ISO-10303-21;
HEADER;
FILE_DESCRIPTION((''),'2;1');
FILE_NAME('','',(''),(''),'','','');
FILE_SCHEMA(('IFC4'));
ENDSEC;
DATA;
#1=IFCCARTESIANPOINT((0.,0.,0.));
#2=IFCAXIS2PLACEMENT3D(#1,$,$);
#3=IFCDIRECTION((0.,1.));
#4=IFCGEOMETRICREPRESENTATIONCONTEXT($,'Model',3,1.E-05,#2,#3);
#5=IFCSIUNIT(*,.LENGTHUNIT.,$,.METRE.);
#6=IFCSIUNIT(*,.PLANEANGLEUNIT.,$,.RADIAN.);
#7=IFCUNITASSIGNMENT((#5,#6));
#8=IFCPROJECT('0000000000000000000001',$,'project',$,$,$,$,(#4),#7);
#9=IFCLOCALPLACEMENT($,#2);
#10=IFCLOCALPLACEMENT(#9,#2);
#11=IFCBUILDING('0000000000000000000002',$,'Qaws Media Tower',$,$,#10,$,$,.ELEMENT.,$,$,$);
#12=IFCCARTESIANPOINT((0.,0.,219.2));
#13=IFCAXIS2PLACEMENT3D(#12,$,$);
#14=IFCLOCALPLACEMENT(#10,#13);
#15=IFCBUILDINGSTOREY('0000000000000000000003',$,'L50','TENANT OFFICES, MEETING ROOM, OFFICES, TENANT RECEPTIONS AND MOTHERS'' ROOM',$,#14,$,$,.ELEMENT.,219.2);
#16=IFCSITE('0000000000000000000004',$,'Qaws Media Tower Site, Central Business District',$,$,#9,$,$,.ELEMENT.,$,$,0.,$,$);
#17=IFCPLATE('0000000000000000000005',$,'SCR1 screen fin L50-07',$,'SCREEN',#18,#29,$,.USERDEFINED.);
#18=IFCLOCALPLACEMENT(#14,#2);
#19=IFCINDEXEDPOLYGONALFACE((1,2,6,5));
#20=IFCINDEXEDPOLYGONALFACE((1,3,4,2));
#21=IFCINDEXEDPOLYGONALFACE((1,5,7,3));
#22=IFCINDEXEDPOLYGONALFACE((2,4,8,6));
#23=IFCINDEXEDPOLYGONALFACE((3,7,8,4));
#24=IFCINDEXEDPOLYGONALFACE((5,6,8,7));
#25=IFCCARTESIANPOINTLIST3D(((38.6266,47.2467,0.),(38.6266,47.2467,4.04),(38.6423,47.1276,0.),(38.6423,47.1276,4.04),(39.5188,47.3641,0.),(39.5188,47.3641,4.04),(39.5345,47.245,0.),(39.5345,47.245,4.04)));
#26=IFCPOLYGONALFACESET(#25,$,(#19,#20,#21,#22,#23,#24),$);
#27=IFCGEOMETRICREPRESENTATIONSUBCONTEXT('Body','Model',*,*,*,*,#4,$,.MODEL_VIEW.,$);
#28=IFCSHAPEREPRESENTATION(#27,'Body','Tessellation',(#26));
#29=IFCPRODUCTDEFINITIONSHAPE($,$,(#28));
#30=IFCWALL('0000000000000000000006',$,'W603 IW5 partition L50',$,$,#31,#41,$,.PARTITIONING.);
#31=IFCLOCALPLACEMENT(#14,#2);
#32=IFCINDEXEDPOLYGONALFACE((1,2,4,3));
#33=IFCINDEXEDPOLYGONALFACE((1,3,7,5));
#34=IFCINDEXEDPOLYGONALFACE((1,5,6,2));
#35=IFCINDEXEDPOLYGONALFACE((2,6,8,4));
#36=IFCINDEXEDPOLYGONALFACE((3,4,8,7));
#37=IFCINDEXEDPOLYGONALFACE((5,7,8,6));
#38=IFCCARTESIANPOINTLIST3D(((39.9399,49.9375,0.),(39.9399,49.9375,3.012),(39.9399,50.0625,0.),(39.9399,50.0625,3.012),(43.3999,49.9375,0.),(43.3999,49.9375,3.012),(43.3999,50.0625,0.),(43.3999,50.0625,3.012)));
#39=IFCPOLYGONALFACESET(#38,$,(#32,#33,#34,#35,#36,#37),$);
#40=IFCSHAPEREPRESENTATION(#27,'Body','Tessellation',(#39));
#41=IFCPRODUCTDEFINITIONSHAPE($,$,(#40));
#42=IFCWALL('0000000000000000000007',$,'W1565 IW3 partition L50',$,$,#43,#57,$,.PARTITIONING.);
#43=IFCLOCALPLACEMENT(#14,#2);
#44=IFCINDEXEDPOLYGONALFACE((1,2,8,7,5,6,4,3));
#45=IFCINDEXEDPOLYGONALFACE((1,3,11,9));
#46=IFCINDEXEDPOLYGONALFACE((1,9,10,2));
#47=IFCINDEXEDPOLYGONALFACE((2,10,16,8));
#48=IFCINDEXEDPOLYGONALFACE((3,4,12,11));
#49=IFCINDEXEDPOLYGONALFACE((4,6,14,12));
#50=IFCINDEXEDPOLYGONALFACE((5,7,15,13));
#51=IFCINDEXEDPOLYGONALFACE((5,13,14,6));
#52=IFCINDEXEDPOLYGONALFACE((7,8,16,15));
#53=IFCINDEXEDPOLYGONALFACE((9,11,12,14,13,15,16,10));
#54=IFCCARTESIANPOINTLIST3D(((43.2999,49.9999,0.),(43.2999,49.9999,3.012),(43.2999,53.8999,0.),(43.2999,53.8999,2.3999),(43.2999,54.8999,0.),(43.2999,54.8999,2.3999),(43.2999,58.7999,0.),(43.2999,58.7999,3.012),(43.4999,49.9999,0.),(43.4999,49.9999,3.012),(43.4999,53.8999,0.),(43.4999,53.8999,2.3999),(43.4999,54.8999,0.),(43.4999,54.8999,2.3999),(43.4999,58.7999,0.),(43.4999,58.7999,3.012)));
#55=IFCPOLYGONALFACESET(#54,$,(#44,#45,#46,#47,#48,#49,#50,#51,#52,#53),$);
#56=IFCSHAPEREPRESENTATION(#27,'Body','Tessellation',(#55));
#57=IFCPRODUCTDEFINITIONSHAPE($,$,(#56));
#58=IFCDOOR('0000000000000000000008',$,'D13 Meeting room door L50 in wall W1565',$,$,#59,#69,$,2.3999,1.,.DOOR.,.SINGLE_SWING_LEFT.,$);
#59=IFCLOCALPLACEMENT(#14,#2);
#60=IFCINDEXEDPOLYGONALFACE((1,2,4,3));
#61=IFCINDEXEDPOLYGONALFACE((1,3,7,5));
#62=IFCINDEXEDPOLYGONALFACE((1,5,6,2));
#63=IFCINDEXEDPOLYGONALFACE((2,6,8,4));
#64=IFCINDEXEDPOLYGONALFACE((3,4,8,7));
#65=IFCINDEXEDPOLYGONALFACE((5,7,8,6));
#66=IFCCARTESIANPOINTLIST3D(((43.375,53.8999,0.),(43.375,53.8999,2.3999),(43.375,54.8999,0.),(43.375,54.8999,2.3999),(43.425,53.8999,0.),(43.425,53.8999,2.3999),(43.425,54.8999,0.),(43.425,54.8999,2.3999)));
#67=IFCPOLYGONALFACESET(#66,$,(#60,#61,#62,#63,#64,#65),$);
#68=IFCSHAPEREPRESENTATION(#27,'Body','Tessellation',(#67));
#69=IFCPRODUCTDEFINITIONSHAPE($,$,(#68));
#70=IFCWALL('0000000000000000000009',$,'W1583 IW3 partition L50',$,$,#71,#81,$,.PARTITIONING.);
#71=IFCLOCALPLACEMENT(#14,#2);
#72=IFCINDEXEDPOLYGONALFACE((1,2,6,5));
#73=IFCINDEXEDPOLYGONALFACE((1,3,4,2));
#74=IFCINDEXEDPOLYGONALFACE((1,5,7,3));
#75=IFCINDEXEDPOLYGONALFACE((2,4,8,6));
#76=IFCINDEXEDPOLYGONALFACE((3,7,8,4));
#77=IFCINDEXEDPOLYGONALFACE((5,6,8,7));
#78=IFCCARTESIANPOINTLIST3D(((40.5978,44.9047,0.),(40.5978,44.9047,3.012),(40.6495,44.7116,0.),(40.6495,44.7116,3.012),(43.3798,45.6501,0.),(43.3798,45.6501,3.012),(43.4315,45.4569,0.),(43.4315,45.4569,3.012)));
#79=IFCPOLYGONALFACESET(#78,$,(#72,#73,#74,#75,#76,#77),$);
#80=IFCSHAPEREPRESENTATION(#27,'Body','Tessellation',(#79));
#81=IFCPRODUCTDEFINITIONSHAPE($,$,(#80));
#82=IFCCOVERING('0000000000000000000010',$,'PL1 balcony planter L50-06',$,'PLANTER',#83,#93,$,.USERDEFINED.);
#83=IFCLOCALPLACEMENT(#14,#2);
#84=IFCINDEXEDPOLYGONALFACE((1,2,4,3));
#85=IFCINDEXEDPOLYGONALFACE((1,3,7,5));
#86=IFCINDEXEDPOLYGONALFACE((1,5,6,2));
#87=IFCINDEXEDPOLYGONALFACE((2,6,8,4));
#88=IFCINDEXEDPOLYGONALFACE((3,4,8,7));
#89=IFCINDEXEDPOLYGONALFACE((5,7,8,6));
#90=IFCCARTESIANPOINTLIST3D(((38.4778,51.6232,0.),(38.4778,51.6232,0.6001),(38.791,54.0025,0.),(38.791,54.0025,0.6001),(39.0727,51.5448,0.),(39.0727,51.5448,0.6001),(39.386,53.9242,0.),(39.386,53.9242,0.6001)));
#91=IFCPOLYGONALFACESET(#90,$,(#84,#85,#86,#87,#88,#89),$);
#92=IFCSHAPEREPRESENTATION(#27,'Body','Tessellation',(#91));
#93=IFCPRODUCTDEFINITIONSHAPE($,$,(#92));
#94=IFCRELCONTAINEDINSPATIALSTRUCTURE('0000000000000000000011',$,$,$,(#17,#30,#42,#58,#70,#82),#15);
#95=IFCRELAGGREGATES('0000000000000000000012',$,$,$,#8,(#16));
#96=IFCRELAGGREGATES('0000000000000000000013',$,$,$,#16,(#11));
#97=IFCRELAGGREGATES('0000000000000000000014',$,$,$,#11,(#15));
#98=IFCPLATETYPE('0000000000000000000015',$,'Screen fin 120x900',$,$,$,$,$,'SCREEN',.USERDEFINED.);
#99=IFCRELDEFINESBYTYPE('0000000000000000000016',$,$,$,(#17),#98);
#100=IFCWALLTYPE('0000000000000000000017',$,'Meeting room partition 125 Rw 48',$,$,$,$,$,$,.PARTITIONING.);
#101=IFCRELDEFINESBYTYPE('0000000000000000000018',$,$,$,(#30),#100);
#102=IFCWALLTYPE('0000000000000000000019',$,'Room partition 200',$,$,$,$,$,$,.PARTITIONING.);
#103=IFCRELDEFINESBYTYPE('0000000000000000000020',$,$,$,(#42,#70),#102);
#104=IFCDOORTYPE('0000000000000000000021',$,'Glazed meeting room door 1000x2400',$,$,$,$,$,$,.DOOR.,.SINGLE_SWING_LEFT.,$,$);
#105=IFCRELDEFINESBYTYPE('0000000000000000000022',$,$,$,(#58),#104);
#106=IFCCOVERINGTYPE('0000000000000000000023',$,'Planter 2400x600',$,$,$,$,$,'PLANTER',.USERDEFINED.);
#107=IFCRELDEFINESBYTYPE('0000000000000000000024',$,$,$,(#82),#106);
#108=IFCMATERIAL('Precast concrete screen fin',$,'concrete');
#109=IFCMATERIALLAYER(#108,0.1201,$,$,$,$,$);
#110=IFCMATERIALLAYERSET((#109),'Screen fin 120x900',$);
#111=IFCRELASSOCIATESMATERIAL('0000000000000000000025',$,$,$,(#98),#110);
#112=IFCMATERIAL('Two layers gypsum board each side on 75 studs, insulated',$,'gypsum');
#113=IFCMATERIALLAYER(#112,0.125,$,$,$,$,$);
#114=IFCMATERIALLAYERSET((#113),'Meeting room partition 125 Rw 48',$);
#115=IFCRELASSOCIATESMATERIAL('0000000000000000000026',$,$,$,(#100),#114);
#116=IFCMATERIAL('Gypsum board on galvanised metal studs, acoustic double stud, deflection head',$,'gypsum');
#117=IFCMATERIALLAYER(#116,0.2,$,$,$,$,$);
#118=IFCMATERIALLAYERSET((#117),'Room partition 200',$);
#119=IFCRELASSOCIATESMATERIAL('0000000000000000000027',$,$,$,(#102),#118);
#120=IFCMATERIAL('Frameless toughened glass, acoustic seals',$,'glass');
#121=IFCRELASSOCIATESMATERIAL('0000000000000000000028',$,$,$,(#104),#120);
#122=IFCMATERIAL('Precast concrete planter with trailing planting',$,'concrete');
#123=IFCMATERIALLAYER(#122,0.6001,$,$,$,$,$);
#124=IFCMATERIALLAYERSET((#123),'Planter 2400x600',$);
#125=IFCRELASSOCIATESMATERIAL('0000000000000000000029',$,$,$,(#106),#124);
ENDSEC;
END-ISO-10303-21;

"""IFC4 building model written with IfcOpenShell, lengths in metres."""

from ifc_helpers import new_model, si_unit, direction, frame, frame_2d, origin, origin_2d, place, context, subcontext, project, spatial, rectangle, extrude, material, layer, layer_set, type_object, element, fill, save


model = new_model("IFC4")

# Units and contexts
model_context = context("Model", 3, precision=1e-05, world=origin(), true_north=direction((0.0, 1.0)))
body_context = subcontext(model_context, "Body", "Model", "MODEL_VIEW")
ifc_project = project(units=[si_unit("LENGTHUNIT", "METRE"), si_unit("PLANEANGLEUNIT", "RADIAN")], contexts=[model_context])

# Site, building, storey
site_placement = place(None, origin())
site = spatial("IfcSite", under=ifc_project, at=site_placement, Name="Qaws Media Tower Site, Central Business District", CompositionType="ELEMENT", RefElevation=0.0)
building_placement = place(site_placement, origin())
building = spatial("IfcBuilding", under=site, at=building_placement, Name="Qaws Media Tower", CompositionType="ELEMENT")
storey_placement = place(building_placement, frame((0.0, 0.0, 219.2)))
storey = spatial("IfcBuildingStorey", under=building, at=storey_placement, Name="L50", Description="TENANT OFFICES, MEETING ROOM, OFFICES, TENANT RECEPTIONS AND MOTHERS' ROOM", CompositionType="ELEMENT", Elevation=219.2)

# Plate
ifc_material_1 = material(Name="Precast concrete screen fin", Category="concrete")
ifc_layer_1 = layer(ifc_material_1, 0.1201)
ifc_layer_set_1 = layer_set([ifc_layer_1], Name="Screen fin 120x900")
plate_type_1 = type_object("IfcPlateType", Name="Screen fin 120x900", ElementType="SCREEN", PredefinedType="USERDEFINED", material=ifc_layer_set_1)
plate_1_placement = place(storey_placement, frame((39.0806, 47.2458, 0.0), z_axis=(0.0, 0.0, 1.0), x_axis=(-0.991445, -0.130526, 0.0)))
element("IfcPlate", 1, at=plate_1_placement, inside=storey, type_object=plate_type_1, Name="SCR1 screen fin L50-07", ObjectType="SCREEN", PredefinedType="USERDEFINED", context=body_context, shape_type="SweptSolid", body=[
    extrude(rectangle(XDim=0.8999, YDim=0.1201, at=origin_2d()), origin(), (0.0, 0.0, 1.0), 4.04),
])

# Wall
ifc_material_2 = material(Name="Two layers gypsum board each side on 75 studs, insulated", Category="gypsum")
ifc_layer_2 = layer(ifc_material_2, 0.125)
ifc_layer_set_2 = layer_set([ifc_layer_2], Name="Meeting room partition 125 Rw 48")
wall_type_1 = type_object("IfcWallType", Name="Meeting room partition 125 Rw 48", PredefinedType="PARTITIONING", material=ifc_layer_set_2)
wall_1_placement = place(storey_placement, frame((43.3999, 50.0, 0.0), z_axis=(0.0, 0.0, 1.0), x_axis=(-1.0, 0.0, 0.0)))
element("IfcWall", 2, at=wall_1_placement, inside=storey, type_object=wall_type_1, Name="W603 IW5 partition L50", PredefinedType="PARTITIONING", context=body_context, shape_type="SweptSolid", body=[
    extrude(rectangle(XDim=3.46, YDim=0.125, at=frame_2d((1.73, 0.0))), origin(), (0.0, 0.0, 1.0), 3.012),
])

# Wall, opening, door
ifc_material_3 = material(Name="Gypsum board on galvanised metal studs, acoustic double stud, deflection head", Category="gypsum")
ifc_layer_3 = layer(ifc_material_3, 0.2)
ifc_layer_set_3 = layer_set([ifc_layer_3], Name="Room partition 200")
wall_type_2 = type_object("IfcWallType", Name="Room partition 200", PredefinedType="PARTITIONING", material=ifc_layer_set_3)
wall_2_placement = place(storey_placement, frame((43.3999, 50.0, 0.0), z_axis=(0.0, 0.0, 1.0), x_axis=(0.0, 1.0, 0.0)))
wall_2 = element("IfcWall", 3, at=wall_2_placement, inside=storey, type_object=wall_type_2, Name="W1565 IW3 partition L50", PredefinedType="PARTITIONING", context=body_context, shape_type="SweptSolid", body=[
    extrude(rectangle(XDim=8.8, YDim=0.2, at=frame_2d((4.3999, 0.0))), origin(), (0.0, 0.0, 1.0), 3.012),
])
opening_1_placement = place(wall_2_placement, frame((3.8999, 0.0, 0.0)))
opening_1 = element("IfcOpeningElement", 4, at=opening_1_placement, cuts=wall_2, PredefinedType="OPENING", context=body_context, shape_type="SweptSolid", body=[
    extrude(rectangle(XDim=1.0, YDim=2.3999, at=frame_2d((0.5, 1.2))), frame((0.0, 0.1099, 0.0), z_axis=(0.0, -1.0, 0.0), x_axis=(1.0, 0.0, 0.0)), (0.0, 0.0, 1.0), 0.22),
])
ifc_material_4 = material(Name="Frameless toughened glass, acoustic seals", Category="glass")
door_type_1 = type_object("IfcDoorType", Name="Glazed meeting room door 1000x2400", OperationType="SINGLE_SWING_LEFT", PredefinedType="DOOR", material=ifc_material_4)
door_1_placement = place(opening_1_placement, origin())
door_1 = element("IfcDoor", 5, at=door_1_placement, inside=storey, type_object=door_type_1, Name="D13 Meeting room door L50 in wall W1565", OperationType="SINGLE_SWING_LEFT", OverallHeight=2.3999, OverallWidth=1.0, PredefinedType="DOOR", context=body_context, shape_type="SweptSolid", body=[
    extrude(rectangle(XDim=1.0, YDim=2.3999, at=frame_2d((0.5, 1.2))), frame((0.0, 0.0249, 0.0), z_axis=(0.0, -1.0, 0.0), x_axis=(1.0, 0.0, 0.0)), (0.0, 0.0, 1.0), 0.05),
])
fill(opening_1, door_1)

# Wall
wall_3_placement = place(storey_placement, frame((43.4055, 45.5535, 0.0), z_axis=(0.0, 0.0, 1.0), x_axis=(-0.965932, -0.258797, 0.0)))
element("IfcWall", 6, at=wall_3_placement, inside=storey, type_object=wall_type_2, Name="W1583 IW3 partition L50", PredefinedType="PARTITIONING", context=body_context, shape_type="SweptSolid", body=[
    extrude(rectangle(XDim=2.8801, YDim=0.2, at=frame_2d((1.4399, 0.0))), origin(), (0.0, 0.0, 1.0), 3.012),
])

# Covering
ifc_material_5 = material(Name="Precast concrete planter with trailing planting", Category="concrete")
ifc_layer_4 = layer(ifc_material_5, 0.6001)
ifc_layer_set_4 = layer_set([ifc_layer_4], Name="Planter 2400x600")
covering_type = type_object("IfcCoveringType", Name="Planter 2400x600", ElementType="PLANTER", PredefinedType="USERDEFINED", material=ifc_layer_set_4)
covering_placement = place(storey_placement, frame((38.9319, 52.7737, 0.0), z_axis=(0.0, 0.0, 1.0), x_axis=(-0.130526, -0.991445, 0.0)))
element("IfcCovering", 7, at=covering_placement, inside=storey, type_object=covering_type, Name="PL1 balcony planter L50-06", ObjectType="PLANTER", PredefinedType="USERDEFINED", context=body_context, shape_type="SweptSolid", body=[
    extrude(rectangle(XDim=2.3999, YDim=0.6001, at=origin_2d()), origin(), (0.0, 0.0, 1.0), 0.6001),
])

save(model, "model.ifc")
